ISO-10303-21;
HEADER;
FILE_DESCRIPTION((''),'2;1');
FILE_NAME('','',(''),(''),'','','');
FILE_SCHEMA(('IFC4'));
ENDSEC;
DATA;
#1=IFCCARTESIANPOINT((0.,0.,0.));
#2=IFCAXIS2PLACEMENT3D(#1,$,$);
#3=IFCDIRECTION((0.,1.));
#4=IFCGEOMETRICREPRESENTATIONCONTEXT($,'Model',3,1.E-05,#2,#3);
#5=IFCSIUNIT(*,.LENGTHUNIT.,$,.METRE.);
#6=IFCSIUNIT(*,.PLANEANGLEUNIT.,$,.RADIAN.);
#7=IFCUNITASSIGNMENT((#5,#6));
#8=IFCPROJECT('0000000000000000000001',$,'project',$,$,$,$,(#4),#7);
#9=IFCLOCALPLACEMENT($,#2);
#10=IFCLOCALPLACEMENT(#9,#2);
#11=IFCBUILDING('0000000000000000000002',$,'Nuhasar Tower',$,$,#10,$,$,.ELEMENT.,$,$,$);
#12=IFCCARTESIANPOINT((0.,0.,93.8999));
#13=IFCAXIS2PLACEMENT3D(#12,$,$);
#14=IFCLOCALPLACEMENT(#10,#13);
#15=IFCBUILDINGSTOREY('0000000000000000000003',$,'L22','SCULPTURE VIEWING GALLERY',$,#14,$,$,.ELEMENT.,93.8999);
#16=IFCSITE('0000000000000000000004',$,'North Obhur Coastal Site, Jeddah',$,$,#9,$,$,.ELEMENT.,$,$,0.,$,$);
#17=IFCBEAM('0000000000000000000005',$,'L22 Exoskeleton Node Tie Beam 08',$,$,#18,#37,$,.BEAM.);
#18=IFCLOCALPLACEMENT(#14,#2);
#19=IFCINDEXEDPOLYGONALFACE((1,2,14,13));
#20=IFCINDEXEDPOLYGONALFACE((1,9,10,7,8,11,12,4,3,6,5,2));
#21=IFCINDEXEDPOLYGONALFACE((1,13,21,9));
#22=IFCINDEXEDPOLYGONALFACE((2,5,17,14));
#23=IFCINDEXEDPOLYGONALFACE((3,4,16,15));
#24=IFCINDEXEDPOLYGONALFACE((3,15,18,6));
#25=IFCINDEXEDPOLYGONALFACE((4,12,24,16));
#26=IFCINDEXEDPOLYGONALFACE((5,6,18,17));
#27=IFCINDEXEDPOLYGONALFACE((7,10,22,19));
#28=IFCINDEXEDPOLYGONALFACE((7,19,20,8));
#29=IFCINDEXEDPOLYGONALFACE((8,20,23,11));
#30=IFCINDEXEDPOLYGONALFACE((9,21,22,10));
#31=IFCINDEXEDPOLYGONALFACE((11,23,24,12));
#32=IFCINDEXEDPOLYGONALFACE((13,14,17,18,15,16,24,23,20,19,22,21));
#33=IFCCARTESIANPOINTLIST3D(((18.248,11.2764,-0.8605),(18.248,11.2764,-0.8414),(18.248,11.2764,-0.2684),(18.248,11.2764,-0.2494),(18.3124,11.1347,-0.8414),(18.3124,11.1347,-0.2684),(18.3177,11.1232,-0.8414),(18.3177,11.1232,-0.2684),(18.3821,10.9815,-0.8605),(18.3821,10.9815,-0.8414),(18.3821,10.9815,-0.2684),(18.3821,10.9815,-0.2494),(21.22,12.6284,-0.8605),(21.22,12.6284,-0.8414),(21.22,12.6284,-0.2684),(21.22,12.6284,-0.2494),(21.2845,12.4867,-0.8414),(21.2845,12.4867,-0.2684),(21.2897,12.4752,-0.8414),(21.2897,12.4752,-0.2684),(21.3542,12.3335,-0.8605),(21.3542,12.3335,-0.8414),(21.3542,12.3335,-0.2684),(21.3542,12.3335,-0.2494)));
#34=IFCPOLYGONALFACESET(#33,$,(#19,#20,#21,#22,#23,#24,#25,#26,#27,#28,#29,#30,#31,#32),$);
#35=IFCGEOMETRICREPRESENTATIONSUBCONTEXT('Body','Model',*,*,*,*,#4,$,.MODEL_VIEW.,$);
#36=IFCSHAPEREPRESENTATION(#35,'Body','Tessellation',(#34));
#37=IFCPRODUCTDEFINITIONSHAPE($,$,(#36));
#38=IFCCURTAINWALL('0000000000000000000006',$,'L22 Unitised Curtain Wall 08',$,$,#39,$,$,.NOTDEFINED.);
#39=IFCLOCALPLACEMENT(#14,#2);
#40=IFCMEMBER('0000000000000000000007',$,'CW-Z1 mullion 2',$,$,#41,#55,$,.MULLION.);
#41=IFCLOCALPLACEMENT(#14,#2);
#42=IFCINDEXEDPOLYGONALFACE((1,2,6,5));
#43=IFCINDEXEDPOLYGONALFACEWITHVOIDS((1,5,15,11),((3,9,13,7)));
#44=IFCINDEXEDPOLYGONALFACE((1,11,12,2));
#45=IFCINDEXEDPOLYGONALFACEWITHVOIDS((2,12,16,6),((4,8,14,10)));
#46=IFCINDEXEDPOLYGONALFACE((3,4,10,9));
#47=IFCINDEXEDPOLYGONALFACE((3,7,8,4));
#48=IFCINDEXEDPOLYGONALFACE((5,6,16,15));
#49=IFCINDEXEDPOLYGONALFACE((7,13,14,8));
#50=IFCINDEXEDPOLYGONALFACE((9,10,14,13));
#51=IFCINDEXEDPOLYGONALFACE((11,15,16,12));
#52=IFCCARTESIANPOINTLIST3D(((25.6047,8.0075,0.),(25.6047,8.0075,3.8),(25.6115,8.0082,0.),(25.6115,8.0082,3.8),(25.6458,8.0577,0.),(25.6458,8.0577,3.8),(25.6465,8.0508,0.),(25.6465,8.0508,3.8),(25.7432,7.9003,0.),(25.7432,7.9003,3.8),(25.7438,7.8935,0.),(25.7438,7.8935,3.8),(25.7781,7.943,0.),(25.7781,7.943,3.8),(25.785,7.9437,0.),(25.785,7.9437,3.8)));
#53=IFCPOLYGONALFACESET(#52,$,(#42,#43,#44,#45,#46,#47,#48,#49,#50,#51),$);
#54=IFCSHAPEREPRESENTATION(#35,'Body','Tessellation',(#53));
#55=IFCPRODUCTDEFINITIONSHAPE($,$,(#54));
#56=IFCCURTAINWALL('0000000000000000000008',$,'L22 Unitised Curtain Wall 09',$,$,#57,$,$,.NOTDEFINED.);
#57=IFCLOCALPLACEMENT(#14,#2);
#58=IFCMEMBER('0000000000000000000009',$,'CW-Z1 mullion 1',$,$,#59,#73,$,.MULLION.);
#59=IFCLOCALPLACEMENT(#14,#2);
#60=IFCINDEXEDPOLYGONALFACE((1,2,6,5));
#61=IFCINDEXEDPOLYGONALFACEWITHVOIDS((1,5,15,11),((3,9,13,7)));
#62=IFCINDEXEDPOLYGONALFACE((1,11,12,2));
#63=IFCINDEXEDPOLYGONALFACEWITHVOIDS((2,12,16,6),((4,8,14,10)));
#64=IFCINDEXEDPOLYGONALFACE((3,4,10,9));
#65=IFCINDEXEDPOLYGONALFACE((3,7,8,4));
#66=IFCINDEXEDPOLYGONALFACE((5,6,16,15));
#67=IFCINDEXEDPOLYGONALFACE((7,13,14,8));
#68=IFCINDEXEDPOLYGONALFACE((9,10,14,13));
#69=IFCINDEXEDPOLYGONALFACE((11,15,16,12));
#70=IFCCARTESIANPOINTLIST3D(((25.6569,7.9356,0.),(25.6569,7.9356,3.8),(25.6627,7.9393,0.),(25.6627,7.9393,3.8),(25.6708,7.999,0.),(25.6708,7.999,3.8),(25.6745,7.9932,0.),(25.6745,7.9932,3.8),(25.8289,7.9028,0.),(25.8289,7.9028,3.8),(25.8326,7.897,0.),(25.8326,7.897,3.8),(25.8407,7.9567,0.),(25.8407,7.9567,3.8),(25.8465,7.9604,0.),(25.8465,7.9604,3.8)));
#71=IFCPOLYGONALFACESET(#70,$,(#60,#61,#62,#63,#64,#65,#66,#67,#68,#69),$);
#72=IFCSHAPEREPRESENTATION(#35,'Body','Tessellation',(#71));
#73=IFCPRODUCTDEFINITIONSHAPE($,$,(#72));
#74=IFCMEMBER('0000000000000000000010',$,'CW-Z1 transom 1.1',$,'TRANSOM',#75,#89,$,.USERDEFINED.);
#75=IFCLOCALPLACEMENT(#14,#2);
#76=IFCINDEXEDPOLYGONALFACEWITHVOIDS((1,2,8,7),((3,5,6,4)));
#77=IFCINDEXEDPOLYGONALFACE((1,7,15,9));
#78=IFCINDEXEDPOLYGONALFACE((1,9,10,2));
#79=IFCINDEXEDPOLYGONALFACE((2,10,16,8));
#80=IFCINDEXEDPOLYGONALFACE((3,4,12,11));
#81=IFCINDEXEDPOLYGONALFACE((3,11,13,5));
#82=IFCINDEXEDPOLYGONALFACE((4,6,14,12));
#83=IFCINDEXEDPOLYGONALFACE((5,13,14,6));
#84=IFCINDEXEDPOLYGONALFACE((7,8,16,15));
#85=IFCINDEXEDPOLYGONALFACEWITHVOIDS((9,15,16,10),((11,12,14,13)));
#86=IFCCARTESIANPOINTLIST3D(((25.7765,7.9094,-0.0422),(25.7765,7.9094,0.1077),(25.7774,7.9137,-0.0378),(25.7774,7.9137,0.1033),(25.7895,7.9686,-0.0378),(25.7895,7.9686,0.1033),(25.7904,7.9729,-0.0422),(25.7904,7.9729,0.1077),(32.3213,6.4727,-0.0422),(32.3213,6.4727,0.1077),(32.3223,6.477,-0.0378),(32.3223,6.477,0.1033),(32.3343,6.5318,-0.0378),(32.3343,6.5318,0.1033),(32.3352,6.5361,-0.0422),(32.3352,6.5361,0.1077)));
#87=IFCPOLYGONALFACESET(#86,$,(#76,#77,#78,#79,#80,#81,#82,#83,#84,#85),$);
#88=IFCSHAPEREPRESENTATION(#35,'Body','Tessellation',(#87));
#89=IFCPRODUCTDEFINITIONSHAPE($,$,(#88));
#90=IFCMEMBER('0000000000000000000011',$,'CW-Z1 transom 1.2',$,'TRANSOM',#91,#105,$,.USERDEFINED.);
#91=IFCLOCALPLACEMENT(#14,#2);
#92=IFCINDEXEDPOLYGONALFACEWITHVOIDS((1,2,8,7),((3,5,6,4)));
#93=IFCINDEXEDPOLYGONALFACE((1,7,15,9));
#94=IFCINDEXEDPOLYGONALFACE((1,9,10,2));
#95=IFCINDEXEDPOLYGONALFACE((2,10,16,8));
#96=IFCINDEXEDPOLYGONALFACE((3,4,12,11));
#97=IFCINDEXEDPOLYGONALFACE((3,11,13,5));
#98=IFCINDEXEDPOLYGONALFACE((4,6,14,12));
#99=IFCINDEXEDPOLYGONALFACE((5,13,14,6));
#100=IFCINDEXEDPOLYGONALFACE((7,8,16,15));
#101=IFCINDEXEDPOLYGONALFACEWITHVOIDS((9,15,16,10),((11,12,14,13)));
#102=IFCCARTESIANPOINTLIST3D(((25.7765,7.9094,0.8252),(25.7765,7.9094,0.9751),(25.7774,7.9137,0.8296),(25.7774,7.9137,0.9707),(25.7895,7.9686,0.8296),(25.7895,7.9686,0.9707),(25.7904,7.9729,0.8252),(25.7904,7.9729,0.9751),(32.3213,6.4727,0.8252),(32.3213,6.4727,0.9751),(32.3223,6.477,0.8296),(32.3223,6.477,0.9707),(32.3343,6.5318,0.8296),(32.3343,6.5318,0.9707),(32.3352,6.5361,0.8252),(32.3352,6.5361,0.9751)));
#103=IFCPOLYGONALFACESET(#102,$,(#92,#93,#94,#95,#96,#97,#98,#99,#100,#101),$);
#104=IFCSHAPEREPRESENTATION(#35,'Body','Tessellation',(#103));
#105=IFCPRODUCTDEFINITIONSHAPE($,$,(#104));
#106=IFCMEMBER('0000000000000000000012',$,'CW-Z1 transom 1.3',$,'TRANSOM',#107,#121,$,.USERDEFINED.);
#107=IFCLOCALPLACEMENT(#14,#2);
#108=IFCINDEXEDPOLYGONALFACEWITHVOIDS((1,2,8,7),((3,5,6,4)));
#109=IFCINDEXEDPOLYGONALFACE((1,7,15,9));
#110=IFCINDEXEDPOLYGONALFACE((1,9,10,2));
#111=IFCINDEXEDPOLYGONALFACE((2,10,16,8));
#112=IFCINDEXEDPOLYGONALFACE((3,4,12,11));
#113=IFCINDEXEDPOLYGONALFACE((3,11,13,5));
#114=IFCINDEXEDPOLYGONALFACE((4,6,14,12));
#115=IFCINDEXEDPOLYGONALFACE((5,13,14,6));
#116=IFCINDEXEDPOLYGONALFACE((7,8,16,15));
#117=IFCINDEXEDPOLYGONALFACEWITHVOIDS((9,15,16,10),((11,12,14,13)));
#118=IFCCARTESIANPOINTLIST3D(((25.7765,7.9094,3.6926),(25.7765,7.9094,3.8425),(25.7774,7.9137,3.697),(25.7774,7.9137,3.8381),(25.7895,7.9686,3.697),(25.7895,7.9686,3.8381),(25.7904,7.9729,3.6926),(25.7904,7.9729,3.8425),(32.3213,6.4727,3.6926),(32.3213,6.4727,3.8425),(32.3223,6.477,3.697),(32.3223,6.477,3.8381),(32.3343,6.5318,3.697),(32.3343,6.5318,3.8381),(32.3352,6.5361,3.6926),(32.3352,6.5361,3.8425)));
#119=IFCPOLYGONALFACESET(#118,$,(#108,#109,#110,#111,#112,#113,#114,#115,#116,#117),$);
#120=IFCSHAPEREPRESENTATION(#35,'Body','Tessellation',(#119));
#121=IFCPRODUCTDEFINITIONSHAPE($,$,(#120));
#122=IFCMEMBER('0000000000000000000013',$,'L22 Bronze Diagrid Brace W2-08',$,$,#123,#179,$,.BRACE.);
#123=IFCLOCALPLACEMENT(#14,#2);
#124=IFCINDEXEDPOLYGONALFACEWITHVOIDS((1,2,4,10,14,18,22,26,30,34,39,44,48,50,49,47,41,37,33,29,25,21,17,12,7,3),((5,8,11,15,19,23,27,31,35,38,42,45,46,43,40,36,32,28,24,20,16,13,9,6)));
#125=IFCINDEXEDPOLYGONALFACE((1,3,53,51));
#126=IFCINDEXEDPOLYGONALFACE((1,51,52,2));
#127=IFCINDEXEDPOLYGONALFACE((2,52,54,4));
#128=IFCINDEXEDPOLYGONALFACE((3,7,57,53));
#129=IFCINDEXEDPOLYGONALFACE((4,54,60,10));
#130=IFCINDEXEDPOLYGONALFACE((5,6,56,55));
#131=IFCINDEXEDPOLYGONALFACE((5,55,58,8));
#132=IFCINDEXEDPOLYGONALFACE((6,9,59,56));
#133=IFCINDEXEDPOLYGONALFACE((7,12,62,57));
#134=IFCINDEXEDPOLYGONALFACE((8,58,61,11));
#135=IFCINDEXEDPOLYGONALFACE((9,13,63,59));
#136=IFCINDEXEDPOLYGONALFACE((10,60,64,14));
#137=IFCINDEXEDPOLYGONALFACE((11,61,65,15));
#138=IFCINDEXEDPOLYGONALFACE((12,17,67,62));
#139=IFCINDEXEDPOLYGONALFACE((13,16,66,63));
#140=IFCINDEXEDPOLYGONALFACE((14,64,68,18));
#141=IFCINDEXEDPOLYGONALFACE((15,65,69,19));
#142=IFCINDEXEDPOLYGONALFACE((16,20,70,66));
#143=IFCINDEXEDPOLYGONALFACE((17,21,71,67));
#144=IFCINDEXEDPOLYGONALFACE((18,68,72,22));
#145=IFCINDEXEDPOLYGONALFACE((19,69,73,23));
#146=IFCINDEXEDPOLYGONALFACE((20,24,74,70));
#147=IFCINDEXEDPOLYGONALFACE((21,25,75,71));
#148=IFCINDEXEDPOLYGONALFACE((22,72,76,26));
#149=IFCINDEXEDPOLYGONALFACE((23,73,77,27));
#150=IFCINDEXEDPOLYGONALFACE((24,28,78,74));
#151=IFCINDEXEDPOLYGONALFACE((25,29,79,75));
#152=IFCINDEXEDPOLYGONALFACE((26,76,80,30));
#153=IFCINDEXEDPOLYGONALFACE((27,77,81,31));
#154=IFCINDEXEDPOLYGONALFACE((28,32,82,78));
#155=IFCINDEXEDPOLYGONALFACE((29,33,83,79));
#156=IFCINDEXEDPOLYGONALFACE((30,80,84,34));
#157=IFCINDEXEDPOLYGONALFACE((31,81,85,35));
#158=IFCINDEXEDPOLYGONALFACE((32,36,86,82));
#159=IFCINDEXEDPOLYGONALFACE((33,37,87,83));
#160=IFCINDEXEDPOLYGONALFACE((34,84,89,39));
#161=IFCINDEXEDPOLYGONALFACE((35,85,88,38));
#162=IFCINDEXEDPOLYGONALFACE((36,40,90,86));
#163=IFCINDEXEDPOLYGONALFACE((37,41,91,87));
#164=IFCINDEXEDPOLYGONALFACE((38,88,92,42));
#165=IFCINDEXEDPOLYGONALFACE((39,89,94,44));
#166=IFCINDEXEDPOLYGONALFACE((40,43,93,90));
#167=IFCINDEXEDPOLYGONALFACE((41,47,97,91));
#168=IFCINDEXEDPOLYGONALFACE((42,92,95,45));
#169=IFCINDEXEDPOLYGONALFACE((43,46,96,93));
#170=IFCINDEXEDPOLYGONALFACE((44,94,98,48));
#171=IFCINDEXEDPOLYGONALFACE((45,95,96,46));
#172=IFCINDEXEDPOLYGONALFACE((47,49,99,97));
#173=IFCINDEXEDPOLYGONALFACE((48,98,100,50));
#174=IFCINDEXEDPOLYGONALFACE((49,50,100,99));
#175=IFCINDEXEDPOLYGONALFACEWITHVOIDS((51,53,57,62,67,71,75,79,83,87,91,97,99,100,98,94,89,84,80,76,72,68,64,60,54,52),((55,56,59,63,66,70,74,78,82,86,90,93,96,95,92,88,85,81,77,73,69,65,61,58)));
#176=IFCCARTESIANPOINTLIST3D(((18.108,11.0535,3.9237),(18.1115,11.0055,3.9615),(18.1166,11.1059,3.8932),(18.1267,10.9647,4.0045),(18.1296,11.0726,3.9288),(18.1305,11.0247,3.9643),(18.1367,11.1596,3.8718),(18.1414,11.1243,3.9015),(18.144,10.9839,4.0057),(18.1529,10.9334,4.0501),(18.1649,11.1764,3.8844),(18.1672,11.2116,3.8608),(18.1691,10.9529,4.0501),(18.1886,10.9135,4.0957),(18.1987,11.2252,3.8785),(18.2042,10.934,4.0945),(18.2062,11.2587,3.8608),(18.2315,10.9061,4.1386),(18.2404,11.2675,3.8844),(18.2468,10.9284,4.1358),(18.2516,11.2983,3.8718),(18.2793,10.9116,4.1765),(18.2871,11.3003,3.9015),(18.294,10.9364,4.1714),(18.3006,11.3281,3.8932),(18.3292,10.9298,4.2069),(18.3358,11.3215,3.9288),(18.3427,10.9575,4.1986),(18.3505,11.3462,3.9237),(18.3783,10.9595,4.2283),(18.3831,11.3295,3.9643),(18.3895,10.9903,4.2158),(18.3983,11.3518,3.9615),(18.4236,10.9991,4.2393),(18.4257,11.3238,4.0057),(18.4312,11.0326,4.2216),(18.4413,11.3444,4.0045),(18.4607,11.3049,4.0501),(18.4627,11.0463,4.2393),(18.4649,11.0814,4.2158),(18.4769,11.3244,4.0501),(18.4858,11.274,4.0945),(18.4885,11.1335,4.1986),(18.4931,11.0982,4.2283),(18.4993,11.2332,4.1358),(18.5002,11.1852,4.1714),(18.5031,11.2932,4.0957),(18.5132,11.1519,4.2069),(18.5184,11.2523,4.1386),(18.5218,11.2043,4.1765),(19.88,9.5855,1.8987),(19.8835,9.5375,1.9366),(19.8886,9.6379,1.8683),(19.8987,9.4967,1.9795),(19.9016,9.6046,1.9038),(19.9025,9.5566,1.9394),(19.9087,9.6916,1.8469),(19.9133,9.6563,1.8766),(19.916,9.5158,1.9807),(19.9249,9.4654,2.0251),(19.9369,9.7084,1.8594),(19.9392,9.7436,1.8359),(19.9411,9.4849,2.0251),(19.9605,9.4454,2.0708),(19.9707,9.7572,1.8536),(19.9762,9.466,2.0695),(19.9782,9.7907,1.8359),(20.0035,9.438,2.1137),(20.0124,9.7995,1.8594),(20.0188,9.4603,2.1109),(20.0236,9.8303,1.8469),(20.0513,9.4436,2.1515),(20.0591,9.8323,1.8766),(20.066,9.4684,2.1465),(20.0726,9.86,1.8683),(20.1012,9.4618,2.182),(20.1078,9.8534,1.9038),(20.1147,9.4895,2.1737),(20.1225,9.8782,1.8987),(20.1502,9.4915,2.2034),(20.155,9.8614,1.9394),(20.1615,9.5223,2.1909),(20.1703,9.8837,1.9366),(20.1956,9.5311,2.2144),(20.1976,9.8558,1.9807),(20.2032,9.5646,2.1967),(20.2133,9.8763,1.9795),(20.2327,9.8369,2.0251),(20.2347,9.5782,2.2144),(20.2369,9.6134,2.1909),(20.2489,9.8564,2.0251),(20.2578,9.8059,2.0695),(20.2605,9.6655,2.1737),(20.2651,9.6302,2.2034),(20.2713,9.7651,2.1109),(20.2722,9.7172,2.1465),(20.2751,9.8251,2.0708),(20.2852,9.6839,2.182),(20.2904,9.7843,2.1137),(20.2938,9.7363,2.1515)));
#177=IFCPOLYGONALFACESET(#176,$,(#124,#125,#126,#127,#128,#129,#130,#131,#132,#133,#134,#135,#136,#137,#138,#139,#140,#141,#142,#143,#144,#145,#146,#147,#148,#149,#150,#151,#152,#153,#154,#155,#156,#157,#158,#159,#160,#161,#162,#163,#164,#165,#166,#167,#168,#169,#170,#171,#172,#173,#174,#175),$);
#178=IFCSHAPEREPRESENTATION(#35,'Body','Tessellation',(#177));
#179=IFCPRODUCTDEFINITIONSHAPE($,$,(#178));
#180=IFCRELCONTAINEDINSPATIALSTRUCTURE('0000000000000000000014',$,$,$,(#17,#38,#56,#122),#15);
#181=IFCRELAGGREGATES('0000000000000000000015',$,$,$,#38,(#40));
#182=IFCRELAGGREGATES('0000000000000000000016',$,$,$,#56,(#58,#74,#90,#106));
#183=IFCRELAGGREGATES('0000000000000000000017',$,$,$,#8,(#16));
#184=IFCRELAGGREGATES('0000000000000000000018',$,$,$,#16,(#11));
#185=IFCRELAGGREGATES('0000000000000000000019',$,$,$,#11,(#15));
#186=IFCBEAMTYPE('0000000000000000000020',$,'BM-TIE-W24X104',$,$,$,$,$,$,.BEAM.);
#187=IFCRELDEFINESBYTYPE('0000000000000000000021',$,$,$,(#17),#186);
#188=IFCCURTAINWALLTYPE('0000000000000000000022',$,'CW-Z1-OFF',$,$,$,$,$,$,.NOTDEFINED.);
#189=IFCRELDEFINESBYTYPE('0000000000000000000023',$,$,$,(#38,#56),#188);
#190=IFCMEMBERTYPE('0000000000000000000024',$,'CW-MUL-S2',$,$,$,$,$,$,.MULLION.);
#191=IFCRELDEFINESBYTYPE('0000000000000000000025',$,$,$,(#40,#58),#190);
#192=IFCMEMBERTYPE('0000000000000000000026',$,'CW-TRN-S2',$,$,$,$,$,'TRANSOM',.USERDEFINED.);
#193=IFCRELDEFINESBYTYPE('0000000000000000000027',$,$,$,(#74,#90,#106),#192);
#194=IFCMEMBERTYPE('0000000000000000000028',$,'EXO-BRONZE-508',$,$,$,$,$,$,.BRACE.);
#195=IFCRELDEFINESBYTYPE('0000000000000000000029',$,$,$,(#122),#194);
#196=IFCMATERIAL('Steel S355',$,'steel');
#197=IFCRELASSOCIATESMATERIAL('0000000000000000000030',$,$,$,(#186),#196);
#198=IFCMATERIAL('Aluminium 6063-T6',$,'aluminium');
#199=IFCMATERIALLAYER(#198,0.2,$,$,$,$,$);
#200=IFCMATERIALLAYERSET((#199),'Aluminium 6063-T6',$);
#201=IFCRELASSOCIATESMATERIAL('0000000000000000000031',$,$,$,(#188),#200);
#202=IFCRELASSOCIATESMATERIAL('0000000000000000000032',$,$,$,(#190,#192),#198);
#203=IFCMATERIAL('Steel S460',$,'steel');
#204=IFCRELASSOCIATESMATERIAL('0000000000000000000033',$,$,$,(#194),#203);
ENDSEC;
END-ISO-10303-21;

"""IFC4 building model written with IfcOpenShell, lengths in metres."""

from ifc_helpers import new_model, si_unit, direction, frame, origin, origin_2d, place, context, subcontext, project, spatial, hollow_rectangle, hollow_circle, i_section, extrude, material, layer, layer_set, material_profile, profile_set, type_object, element, aggregate, save


model = new_model("IFC4")

# Units and contexts
model_context = context("Model", 3, precision=1e-05, world=origin(), true_north=direction((0.0, 1.0)))
body_context = subcontext(model_context, "Body", "Model", "MODEL_VIEW")
ifc_project = project(units=[si_unit("LENGTHUNIT", "METRE"), si_unit("PLANEANGLEUNIT", "RADIAN")], contexts=[model_context])

# Site, building, storey
site_placement = place(None, origin())
site = spatial("IfcSite", under=ifc_project, at=site_placement, Name="North Obhur Coastal Site, Jeddah", CompositionType="ELEMENT", RefElevation=0.0)
building_placement = place(site_placement, origin())
building = spatial("IfcBuilding", under=site, at=building_placement, Name="Nuhasar Tower", CompositionType="ELEMENT")
storey_placement = place(building_placement, frame((0.0, 0.0, 93.8999)))
storey = spatial("IfcBuildingStorey", under=building, at=storey_placement, Name="L22", Description="SCULPTURE VIEWING GALLERY", CompositionType="ELEMENT", Elevation=93.8999)

# Beam
ifc_material_1 = material(Name="Steel S355", Category="steel")
ifc_material_profile_1 = material_profile(ifc_material_1, i_section(OverallWidth=0.324, OverallDepth=0.6111, WebThickness=0.0127, FlangeThickness=0.019, at=origin_2d()), Name="W24X104")
ifc_profile_set_1 = profile_set([ifc_material_profile_1], Name="Steel S355")
beam_type_1 = type_object("IfcBeamType", Name="BM-TIE-W24X104", PredefinedType="BEAM", material=ifc_profile_set_1)
beam_1_placement = place(storey_placement, frame((21.2871, 12.481, -0.5549), z_axis=(-0.910244, -0.414073, 0.0), x_axis=(0.414073, -0.910244, 0.0)))
element("IfcBeam", 1, at=beam_1_placement, inside=storey, type_object=beam_type_1, Name="L22 Exoskeleton Node Tie Beam 08", PredefinedType="BEAM", context=body_context, shape_type="SweptSolid", body=[
    extrude(i_section(OverallWidth=0.324, OverallDepth=0.6111, WebThickness=0.0127, FlangeThickness=0.019, at=origin_2d()), origin(), (0.0, 0.0, 1.0), 3.2651),
])

# Curtain wall, member
ifc_material_2 = material(Name="Aluminium 6063-T6", Category="aluminium")
ifc_layer_1 = layer(ifc_material_2, 0.2)
ifc_layer_set_1 = layer_set([ifc_layer_1], Name="Aluminium 6063-T6")
curtain_wall_type = type_object("IfcCurtainWallType", Name="CW-Z1-OFF", PredefinedType="NOTDEFINED", material=ifc_layer_set_1)
curtain_wall_1_placement = place(storey_placement, origin())
curtain_wall_1 = element("IfcCurtainWall", 2, at=curtain_wall_1_placement, inside=storey, type_object=curtain_wall_type, Name="L22 Unitised Curtain Wall 08", PredefinedType="NOTDEFINED")
ifc_material_profile_2 = material_profile(ifc_material_2, hollow_rectangle(XDim=0.0649, YDim=0.1799, WallThickness=0.0049, at=origin_2d()), Name="CWM-2")
ifc_profile_set_2 = profile_set([ifc_material_profile_2], Name="Aluminium 6063-T6")
member_type_1 = type_object("IfcMemberType", Name="CW-MUL-S2", PredefinedType="MULLION", material=ifc_profile_set_2)
member_1_placement = place(storey_placement, frame((25.6948, 7.9756, 0.0), z_axis=(0.0, 0.0, 1.0), x_axis=(0.633745, 0.773542, 0.0)))
member_1 = element("IfcMember", 3, at=member_1_placement, type_object=member_type_1, Name="CW-Z1 mullion 2", PredefinedType="MULLION", context=body_context, shape_type="SweptSolid", body=[
    extrude(hollow_rectangle(XDim=0.0649, YDim=0.1799, WallThickness=0.0049, at=origin_2d()), origin(), (0.0, 0.0, 1.0), 3.8),
])

# Curtain wall, members
curtain_wall_2_placement = place(storey_placement, origin())
curtain_wall_2 = element("IfcCurtainWall", 4, at=curtain_wall_2_placement, inside=storey, type_object=curtain_wall_type, Name="L22 Unitised Curtain Wall 09", PredefinedType="NOTDEFINED")
member_2_placement = place(storey_placement, frame((25.7517, 7.948, 0.0), z_axis=(0.0, 0.0, 1.0), x_axis=(0.214399, 0.976746, 0.0)))
member_2 = element("IfcMember", 5, at=member_2_placement, type_object=member_type_1, Name="CW-Z1 mullion 1", PredefinedType="MULLION", context=body_context, shape_type="SweptSolid", body=[
    extrude(hollow_rectangle(XDim=0.0649, YDim=0.1799, WallThickness=0.0049, at=origin_2d()), origin(), (0.0, 0.0, 1.0), 3.8),
])
ifc_material_profile_3 = material_profile(ifc_material_2, hollow_rectangle(XDim=0.0649, YDim=0.1499, WallThickness=0.0044, at=origin_2d()), Name="CWT-2")
ifc_profile_set_3 = profile_set([ifc_material_profile_3], Name="Aluminium 6063-T6")
member_type_2 = type_object("IfcMemberType", Name="CW-TRN-S2", ElementType="TRANSOM", PredefinedType="USERDEFINED", material=ifc_profile_set_3)
member_3_placement = place(storey_placement, frame((25.7834, 7.9412, 0.0327), z_axis=(0.976742, -0.214418, 0.0), x_axis=(0.214418, 0.976742, 0.0)))
member_3 = element("IfcMember", 6, at=member_3_placement, type_object=member_type_2, Name="CW-Z1 transom 1.1", ObjectType="TRANSOM", PredefinedType="USERDEFINED", context=body_context, shape_type="SweptSolid", body=[
    extrude(hollow_rectangle(XDim=0.0649, YDim=0.1499, WallThickness=0.0044, at=origin_2d()), origin(), (0.0, 0.0, 1.0), 6.7007),
])
member_4_placement = place(storey_placement, frame((25.7834, 7.9412, 0.9001), z_axis=(0.976742, -0.214418, 0.0), x_axis=(0.214418, 0.976742, 0.0)))
member_4 = element("IfcMember", 7, at=member_4_placement, type_object=member_type_2, Name="CW-Z1 transom 1.2", ObjectType="TRANSOM", PredefinedType="USERDEFINED", context=body_context, shape_type="SweptSolid", body=[
    extrude(hollow_rectangle(XDim=0.0649, YDim=0.1499, WallThickness=0.0044, at=origin_2d()), origin(), (0.0, 0.0, 1.0), 6.7007),
])
member_5_placement = place(storey_placement, frame((25.7834, 7.9412, 3.7676), z_axis=(0.976742, -0.214418, 0.0), x_axis=(0.214418, 0.976742, 0.0)))
member_5 = element("IfcMember", 8, at=member_5_placement, type_object=member_type_2, Name="CW-Z1 transom 1.3", ObjectType="TRANSOM", PredefinedType="USERDEFINED", context=body_context, shape_type="SweptSolid", body=[
    extrude(hollow_rectangle(XDim=0.0649, YDim=0.1499, WallThickness=0.0044, at=origin_2d()), origin(), (0.0, 0.0, 1.0), 6.7007),
])

# Member
ifc_material_3 = material(Name="Steel S460", Category="steel")
ifc_material_profile_4 = material_profile(ifc_material_3, hollow_circle(Radius=0.2539, WallThickness=0.0254, at=origin_2d()), Name="HSS508X25.4")
ifc_profile_set_4 = profile_set([ifc_material_profile_4], Name="Steel S460")
member_type_3 = type_object("IfcMemberType", Name="EXO-BRONZE-508", PredefinedType="BRACE", material=ifc_profile_set_4)
member_6_placement = place(storey_placement, frame((20.0869, 9.6609, 2.0251), z_axis=(-0.578102, 0.478937, 0.660619), x_axis=(-0.637969, -0.770062, 0.0)))
element("IfcMember", 9, at=member_6_placement, inside=storey, type_object=member_type_3, Name="L22 Bronze Diagrid Brace W2-08", PredefinedType="BRACE", context=body_context, shape_type="SweptSolid", body=[
    extrude(hollow_circle(Radius=0.2539, WallThickness=0.0254, at=origin_2d()), origin(), (0.0, 0.0, 1.0), 3.0652),
])

aggregate(curtain_wall_1, [member_1])
aggregate(curtain_wall_2, [member_2, member_3, member_4, member_5])

save(model, "model.ifc")
